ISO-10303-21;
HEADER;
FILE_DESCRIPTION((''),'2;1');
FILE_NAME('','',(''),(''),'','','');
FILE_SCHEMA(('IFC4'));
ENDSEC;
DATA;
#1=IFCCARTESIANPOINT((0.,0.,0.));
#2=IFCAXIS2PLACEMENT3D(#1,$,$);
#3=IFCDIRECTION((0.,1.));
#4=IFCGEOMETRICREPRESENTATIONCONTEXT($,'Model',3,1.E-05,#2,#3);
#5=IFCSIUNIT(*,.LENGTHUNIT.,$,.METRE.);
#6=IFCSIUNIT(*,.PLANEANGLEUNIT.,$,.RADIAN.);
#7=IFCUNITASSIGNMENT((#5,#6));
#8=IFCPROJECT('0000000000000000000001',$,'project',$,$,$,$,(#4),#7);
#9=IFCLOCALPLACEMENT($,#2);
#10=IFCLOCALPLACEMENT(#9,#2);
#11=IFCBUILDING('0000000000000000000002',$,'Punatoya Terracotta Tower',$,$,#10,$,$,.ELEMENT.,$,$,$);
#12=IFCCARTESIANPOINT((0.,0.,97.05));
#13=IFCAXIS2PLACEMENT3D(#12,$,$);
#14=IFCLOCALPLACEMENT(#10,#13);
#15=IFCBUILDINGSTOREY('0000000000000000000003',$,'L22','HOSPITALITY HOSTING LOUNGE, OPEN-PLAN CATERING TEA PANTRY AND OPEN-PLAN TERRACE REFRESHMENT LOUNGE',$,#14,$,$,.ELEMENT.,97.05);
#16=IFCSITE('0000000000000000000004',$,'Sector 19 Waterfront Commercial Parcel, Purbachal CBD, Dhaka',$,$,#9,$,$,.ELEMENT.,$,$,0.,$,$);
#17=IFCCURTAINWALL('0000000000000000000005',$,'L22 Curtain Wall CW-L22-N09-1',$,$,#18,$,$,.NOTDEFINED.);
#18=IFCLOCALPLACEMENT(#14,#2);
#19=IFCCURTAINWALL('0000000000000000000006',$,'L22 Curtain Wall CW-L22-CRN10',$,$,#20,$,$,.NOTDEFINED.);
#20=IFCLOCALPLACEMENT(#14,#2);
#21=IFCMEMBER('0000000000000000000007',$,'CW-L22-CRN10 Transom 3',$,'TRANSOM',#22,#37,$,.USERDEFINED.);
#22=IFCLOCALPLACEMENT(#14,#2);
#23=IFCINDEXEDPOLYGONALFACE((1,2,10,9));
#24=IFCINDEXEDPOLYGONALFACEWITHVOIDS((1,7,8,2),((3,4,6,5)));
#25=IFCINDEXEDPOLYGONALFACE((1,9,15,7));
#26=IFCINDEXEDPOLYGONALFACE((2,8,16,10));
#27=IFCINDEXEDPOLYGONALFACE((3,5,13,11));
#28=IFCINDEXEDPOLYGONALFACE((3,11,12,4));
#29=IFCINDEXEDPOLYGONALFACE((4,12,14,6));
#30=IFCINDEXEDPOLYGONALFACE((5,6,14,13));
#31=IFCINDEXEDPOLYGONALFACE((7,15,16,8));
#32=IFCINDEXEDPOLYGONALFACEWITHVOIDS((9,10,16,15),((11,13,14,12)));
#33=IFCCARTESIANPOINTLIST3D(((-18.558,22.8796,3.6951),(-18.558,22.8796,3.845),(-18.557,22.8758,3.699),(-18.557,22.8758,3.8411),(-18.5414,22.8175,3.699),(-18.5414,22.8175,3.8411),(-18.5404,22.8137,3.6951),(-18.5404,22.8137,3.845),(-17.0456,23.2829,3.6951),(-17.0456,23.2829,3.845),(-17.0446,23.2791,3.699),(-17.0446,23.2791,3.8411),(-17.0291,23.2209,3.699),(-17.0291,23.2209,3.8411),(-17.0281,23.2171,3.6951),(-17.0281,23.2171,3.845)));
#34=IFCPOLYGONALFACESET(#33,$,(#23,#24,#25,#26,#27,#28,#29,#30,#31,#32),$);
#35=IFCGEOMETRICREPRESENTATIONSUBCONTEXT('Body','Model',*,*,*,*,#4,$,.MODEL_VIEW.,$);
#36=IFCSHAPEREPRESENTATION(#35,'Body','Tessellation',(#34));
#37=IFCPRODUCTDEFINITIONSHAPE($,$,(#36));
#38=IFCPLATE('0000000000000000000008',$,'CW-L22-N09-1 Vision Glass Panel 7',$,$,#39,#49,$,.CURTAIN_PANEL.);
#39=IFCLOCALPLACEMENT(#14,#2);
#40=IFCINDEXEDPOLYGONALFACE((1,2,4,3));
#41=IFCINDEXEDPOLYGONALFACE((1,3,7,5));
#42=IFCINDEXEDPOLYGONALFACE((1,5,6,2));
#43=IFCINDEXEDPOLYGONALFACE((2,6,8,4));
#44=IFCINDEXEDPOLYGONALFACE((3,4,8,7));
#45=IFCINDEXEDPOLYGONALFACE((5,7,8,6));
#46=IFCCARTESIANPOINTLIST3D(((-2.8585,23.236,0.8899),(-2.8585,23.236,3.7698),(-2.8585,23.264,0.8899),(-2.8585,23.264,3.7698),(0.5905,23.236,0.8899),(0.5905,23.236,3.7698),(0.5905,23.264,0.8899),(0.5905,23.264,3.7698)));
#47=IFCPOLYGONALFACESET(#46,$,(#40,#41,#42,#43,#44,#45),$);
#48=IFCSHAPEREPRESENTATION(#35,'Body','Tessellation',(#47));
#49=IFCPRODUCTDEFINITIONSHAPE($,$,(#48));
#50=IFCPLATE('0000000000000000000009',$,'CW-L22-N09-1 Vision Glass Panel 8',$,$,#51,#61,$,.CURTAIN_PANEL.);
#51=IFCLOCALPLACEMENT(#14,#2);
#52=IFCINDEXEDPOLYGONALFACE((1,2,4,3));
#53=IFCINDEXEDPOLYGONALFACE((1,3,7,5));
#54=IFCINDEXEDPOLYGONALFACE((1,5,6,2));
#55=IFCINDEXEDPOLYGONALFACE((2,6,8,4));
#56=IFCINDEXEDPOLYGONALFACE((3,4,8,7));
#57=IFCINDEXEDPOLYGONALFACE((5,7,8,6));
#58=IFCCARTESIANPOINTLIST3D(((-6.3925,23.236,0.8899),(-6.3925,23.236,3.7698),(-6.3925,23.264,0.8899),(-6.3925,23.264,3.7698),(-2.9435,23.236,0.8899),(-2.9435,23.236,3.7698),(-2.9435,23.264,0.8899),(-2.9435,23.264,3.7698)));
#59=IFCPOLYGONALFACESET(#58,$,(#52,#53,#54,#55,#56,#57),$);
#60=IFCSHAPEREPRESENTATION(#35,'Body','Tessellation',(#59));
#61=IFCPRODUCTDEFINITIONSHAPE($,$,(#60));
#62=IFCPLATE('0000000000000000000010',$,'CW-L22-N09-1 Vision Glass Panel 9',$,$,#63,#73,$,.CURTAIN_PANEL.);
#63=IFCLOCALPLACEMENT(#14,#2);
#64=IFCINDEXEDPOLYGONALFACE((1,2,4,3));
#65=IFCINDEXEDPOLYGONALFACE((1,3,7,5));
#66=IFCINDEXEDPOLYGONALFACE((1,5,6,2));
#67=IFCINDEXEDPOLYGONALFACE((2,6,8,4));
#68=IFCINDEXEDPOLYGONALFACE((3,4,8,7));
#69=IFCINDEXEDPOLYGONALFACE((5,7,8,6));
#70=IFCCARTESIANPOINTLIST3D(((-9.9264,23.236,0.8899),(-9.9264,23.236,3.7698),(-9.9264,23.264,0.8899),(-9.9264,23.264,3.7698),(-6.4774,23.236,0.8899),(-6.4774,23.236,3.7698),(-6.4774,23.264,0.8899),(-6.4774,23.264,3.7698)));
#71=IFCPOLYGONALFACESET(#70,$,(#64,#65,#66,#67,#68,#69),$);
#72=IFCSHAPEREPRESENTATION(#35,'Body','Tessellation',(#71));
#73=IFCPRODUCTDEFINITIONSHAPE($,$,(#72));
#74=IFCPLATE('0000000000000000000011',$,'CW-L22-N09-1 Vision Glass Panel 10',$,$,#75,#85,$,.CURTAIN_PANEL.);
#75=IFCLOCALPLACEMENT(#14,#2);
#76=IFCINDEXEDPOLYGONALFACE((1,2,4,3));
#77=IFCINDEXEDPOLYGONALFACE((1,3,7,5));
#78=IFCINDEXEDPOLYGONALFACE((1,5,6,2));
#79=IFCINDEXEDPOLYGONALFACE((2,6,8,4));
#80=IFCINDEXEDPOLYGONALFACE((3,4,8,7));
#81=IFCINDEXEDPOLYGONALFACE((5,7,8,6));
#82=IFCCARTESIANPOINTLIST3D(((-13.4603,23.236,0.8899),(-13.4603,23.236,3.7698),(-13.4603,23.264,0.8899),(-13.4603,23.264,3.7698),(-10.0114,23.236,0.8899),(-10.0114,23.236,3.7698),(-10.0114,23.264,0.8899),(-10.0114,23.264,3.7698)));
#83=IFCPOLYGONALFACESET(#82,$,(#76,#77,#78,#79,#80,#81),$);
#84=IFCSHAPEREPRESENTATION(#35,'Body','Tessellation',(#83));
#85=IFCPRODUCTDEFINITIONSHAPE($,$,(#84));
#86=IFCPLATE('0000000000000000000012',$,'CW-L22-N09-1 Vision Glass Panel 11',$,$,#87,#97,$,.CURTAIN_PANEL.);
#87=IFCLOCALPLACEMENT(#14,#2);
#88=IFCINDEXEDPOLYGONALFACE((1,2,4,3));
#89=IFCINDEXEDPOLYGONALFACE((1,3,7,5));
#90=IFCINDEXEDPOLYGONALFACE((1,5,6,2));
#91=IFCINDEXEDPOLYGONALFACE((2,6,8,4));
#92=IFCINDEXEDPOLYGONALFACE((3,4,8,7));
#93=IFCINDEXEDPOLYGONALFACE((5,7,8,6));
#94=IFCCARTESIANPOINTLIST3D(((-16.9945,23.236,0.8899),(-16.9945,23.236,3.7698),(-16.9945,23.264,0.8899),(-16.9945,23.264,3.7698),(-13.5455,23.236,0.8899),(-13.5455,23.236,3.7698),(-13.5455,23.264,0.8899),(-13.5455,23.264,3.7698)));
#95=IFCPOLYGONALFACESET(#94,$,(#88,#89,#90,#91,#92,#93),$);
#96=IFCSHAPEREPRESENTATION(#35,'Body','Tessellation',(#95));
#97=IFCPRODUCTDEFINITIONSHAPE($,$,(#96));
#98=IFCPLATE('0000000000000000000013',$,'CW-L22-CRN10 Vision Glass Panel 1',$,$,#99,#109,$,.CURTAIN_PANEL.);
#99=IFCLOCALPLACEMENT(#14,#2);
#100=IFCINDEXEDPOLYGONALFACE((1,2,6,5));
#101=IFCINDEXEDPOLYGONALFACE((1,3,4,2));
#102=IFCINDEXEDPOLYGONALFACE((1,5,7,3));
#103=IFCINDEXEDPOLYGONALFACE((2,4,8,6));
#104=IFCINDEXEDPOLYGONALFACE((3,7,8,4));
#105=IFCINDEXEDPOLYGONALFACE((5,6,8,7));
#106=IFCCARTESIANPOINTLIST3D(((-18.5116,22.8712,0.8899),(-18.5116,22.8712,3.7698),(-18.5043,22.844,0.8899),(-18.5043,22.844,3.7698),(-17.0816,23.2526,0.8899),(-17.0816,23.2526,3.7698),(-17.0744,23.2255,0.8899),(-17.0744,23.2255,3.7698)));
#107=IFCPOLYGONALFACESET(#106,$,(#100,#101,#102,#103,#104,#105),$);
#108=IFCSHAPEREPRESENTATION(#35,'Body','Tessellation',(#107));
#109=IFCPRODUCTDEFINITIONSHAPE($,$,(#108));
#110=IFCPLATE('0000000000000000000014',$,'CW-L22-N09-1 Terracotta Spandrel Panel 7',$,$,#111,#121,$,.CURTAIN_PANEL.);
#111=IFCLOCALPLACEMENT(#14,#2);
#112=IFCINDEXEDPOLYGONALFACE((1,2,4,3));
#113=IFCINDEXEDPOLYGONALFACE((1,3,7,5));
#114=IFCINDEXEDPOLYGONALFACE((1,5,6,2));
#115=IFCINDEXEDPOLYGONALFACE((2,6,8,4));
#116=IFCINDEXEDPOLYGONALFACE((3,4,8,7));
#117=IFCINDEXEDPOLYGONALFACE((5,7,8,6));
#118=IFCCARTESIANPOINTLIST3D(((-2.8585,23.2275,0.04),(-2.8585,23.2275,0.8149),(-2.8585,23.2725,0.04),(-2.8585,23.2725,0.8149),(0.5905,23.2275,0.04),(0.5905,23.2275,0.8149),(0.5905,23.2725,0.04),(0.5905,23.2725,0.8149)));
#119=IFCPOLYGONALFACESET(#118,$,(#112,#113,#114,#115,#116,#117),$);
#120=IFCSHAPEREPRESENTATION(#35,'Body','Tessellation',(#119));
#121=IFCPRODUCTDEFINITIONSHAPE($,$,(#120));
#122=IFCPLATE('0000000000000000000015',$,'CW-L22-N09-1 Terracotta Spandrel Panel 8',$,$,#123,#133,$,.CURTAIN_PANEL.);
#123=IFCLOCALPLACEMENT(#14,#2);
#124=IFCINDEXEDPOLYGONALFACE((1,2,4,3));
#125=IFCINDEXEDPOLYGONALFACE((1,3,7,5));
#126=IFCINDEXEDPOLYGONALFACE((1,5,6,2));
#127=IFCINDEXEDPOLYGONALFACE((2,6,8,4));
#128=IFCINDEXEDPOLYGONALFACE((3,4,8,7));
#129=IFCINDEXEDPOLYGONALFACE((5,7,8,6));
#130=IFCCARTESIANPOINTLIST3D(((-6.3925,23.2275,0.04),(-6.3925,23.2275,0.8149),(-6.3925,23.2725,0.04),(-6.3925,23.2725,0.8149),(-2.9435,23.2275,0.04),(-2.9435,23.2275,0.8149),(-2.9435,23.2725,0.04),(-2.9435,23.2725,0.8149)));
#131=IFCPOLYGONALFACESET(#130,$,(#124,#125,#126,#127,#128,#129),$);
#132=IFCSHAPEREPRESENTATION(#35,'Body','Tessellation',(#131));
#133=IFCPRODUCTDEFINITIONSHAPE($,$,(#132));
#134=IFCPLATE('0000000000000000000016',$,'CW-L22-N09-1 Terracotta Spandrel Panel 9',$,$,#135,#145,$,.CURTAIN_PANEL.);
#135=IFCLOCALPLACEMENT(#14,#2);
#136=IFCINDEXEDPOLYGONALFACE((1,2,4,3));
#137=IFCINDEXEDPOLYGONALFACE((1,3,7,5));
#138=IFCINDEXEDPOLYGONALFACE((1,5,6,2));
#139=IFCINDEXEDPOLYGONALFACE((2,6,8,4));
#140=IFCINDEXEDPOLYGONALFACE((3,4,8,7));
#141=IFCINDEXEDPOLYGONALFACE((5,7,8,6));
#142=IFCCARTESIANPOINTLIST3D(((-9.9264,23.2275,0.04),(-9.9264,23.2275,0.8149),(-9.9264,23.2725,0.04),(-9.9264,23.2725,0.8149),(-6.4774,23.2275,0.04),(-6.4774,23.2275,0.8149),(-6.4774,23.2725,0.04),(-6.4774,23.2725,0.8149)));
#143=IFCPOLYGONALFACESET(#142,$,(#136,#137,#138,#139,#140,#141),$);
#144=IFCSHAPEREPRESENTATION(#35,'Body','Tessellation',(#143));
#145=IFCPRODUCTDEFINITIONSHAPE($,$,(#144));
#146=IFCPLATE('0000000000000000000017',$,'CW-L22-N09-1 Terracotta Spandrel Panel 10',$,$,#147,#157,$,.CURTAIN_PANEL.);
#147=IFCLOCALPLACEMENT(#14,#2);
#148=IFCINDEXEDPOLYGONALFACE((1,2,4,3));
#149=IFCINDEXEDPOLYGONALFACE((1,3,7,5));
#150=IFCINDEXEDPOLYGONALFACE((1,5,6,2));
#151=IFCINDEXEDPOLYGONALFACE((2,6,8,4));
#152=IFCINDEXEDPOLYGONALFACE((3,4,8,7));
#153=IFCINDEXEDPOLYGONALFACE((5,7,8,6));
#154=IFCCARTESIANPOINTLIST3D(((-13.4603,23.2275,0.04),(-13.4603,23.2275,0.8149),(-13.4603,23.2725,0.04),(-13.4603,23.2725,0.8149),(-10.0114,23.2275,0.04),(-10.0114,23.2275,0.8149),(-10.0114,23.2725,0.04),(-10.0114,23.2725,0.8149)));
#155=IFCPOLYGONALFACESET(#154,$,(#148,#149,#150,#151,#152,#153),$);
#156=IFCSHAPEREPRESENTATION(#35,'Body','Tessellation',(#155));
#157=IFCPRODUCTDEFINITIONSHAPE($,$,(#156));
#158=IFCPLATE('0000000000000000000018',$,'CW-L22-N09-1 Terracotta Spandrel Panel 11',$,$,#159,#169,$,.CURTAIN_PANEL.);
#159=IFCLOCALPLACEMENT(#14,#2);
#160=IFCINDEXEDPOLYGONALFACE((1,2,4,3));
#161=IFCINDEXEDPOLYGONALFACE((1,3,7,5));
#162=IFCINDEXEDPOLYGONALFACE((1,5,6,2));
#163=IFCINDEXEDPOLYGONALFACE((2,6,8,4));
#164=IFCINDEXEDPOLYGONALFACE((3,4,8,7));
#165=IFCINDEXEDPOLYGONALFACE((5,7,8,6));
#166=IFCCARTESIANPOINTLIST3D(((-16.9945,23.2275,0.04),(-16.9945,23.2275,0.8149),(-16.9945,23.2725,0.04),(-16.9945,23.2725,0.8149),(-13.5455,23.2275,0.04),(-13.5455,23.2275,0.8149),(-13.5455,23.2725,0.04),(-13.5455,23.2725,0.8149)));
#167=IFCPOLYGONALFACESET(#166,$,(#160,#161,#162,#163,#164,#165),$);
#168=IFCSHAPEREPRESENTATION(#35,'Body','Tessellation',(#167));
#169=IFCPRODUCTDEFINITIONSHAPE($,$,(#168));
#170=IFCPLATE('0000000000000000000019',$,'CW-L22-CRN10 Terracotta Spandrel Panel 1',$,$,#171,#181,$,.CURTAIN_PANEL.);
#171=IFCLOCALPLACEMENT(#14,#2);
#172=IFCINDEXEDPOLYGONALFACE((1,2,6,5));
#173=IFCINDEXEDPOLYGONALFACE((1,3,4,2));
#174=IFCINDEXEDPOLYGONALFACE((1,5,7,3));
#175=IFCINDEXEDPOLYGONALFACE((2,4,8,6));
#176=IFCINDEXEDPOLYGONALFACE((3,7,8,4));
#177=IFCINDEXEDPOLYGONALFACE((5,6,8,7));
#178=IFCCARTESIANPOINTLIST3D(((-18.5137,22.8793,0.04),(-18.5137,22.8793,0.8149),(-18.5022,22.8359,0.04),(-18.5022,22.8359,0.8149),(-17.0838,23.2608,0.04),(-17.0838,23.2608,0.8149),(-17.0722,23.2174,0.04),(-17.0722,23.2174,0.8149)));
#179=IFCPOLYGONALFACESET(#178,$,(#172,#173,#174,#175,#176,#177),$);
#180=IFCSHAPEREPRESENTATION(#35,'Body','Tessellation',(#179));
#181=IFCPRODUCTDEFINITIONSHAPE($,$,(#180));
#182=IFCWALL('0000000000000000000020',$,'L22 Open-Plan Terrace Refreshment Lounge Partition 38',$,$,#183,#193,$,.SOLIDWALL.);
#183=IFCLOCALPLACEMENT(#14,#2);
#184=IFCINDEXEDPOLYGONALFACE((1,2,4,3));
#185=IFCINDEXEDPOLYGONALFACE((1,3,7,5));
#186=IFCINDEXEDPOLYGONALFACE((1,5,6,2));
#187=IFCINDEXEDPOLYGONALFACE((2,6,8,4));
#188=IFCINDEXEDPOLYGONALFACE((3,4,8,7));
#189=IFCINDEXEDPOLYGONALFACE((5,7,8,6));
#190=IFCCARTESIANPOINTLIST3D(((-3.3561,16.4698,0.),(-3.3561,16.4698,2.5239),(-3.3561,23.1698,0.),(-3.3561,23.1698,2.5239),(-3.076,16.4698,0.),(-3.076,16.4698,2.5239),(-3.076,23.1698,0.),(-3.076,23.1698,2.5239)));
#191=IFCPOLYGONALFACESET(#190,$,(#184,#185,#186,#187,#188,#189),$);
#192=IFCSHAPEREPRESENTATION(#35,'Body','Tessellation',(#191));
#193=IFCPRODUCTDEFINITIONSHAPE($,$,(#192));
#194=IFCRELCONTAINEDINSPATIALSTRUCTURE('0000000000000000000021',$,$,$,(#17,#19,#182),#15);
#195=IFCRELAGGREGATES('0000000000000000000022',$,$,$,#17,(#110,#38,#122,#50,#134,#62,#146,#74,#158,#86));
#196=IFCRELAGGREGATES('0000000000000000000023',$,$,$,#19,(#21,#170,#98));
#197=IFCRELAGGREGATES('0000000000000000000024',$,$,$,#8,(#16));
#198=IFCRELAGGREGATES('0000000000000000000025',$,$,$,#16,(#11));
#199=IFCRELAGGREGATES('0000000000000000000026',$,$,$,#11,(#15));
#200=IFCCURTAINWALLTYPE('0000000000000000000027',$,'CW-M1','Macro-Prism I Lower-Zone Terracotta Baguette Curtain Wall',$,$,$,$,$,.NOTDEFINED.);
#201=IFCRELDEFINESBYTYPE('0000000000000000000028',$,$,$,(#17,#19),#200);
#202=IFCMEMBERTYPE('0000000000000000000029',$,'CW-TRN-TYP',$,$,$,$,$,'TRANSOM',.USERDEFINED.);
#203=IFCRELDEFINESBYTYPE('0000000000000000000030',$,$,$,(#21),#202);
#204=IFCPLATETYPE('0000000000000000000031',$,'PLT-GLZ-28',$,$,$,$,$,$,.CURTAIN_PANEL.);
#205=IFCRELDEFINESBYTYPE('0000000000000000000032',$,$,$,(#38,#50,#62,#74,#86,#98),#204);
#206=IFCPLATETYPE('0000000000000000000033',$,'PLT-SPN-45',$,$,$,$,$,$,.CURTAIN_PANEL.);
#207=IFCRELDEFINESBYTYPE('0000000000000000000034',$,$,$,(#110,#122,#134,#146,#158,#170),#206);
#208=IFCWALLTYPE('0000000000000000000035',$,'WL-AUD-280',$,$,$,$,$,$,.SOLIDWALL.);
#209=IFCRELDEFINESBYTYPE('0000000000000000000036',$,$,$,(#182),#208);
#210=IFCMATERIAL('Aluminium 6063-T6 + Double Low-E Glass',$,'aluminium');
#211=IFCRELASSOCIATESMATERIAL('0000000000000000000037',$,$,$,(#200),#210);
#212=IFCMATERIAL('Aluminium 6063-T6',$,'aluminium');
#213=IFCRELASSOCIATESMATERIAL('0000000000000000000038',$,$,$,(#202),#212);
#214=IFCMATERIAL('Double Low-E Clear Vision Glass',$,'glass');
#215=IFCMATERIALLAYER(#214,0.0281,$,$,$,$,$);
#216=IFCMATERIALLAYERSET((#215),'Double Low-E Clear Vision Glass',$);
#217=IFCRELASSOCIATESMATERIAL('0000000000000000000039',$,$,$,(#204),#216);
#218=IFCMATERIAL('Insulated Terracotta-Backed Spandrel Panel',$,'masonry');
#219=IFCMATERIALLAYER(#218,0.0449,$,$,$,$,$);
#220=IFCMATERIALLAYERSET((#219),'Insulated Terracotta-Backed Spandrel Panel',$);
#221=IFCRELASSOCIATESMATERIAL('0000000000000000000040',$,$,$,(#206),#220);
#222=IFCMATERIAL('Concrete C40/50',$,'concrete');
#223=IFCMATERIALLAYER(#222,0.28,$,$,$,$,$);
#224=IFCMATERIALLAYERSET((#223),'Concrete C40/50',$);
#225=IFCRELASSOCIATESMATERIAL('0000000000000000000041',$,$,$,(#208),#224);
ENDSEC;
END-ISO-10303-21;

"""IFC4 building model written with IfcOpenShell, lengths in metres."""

from ifc_helpers import new_model, si_unit, direction, frame, frame_2d, origin, origin_2d, place, context, subcontext, project, spatial, rectangle, hollow_rectangle, extrude, material, layer, layer_set, material_profile, profile_set, type_object, element, aggregate, save


model = new_model("IFC4")

# Units and contexts
model_context = context("Model", 3, precision=1e-05, world=origin(), true_north=direction((0.0, 1.0)))
body_context = subcontext(model_context, "Body", "Model", "MODEL_VIEW")
ifc_project = project(units=[si_unit("LENGTHUNIT", "METRE"), si_unit("PLANEANGLEUNIT", "RADIAN")], contexts=[model_context])

# Site, building, storey
site_placement = place(None, origin())
site = spatial("IfcSite", under=ifc_project, at=site_placement, Name="Sector 19 Waterfront Commercial Parcel, Purbachal CBD, Dhaka", CompositionType="ELEMENT", RefElevation=0.0)
building_placement = place(site_placement, origin())
building = spatial("IfcBuilding", under=site, at=building_placement, Name="Punatoya Terracotta Tower", CompositionType="ELEMENT")
storey_placement = place(building_placement, frame((0.0, 0.0, 97.05)))
storey = spatial("IfcBuildingStorey", under=building, at=storey_placement, Name="L22", Description="HOSPITALITY HOSTING LOUNGE, OPEN-PLAN CATERING TEA PANTRY AND OPEN-PLAN TERRACE REFRESHMENT LOUNGE", CompositionType="ELEMENT", Elevation=97.05)

# Curtain walls, member
ifc_material_1 = material(Name="Aluminium 6063-T6 + Double Low-E Glass", Category="aluminium")
curtain_wall_type = type_object("IfcCurtainWallType", Name="CW-M1", Description="Macro-Prism I Lower-Zone Terracotta Baguette Curtain Wall", PredefinedType="NOTDEFINED", material=ifc_material_1)
curtain_wall_1_placement = place(storey_placement, origin())
curtain_wall_1 = element("IfcCurtainWall", 1, at=curtain_wall_1_placement, inside=storey, type_object=curtain_wall_type, Name="L22 Curtain Wall CW-L22-N09-1", PredefinedType="NOTDEFINED")
ifc_material_2 = material(Name="Aluminium 6063-T6", Category="aluminium")
curtain_wall_2_placement = place(storey_placement, origin())
curtain_wall_2 = element("IfcCurtainWall", 2, at=curtain_wall_2_placement, inside=storey, type_object=curtain_wall_type, Name="L22 Curtain Wall CW-L22-CRN10", PredefinedType="NOTDEFINED")
ifc_material_profile_1 = material_profile(ifc_material_2, hollow_rectangle(XDim=0.0681, YDim=0.1499, WallThickness=0.0039, at=origin_2d()))
ifc_profile_set_1 = profile_set([ifc_material_profile_1], Name="Aluminium 6063-T6")
member_type_1 = type_object("IfcMemberType", Name="CW-TRN-TYP", ElementType="TRANSOM", PredefinedType="USERDEFINED", material=ifc_profile_set_1)
member_1_placement = place(storey_placement, frame((-17.0369, 23.25, 3.77), z_axis=(-0.966225, -0.257701, 0.0), x_axis=(0.257701, -0.966225, 0.0)))
member_1 = element("IfcMember", 3, at=member_1_placement, type_object=member_type_1, Name="CW-L22-CRN10 Transom 3", ObjectType="TRANSOM", PredefinedType="USERDEFINED", context=body_context, shape_type="SweptSolid", body=[
    extrude(hollow_rectangle(XDim=0.0681, YDim=0.1499, WallThickness=0.0039, at=origin_2d()), origin(), (0.0, 0.0, 1.0), 1.5652),
])

# Plates
ifc_material_3 = material(Name="Double Low-E Clear Vision Glass", Category="glass")
ifc_layer_1 = layer(ifc_material_3, 0.0281)
ifc_layer_set_1 = layer_set([ifc_layer_1], Name="Double Low-E Clear Vision Glass")
plate_type_1 = type_object("IfcPlateType", Name="PLT-GLZ-28", PredefinedType="CURTAIN_PANEL", material=ifc_layer_set_1)
plate_1_placement = place(storey_placement, frame((-1.134, 23.25, 0.8899), z_axis=(0.0, 0.0, 1.0), x_axis=(-1.0, 0.0, 0.0)))
plate_1 = element("IfcPlate", 4, at=plate_1_placement, type_object=plate_type_1, Name="CW-L22-N09-1 Vision Glass Panel 7", PredefinedType="CURTAIN_PANEL", context=body_context, shape_type="SweptSolid", body=[
    extrude(rectangle(XDim=3.449, YDim=0.0281, at=origin_2d()), origin(), (0.0, 0.0, 1.0), 2.8799),
])
plate_2_placement = place(storey_placement, frame((-4.668, 23.25, 0.8899), z_axis=(0.0, 0.0, 1.0), x_axis=(-1.0, 0.0, 0.0)))
plate_2 = element("IfcPlate", 5, at=plate_2_placement, type_object=plate_type_1, Name="CW-L22-N09-1 Vision Glass Panel 8", PredefinedType="CURTAIN_PANEL", context=body_context, shape_type="SweptSolid", body=[
    extrude(rectangle(XDim=3.449, YDim=0.0281, at=origin_2d()), origin(), (0.0, 0.0, 1.0), 2.8799),
])
plate_3_placement = place(storey_placement, frame((-8.2019, 23.25, 0.8899), z_axis=(0.0, 0.0, 1.0), x_axis=(-1.0, 0.0, 0.0)))
plate_3 = element("IfcPlate", 6, at=plate_3_placement, type_object=plate_type_1, Name="CW-L22-N09-1 Vision Glass Panel 9", PredefinedType="CURTAIN_PANEL", context=body_context, shape_type="SweptSolid", body=[
    extrude(rectangle(XDim=3.449, YDim=0.0281, at=origin_2d()), origin(), (0.0, 0.0, 1.0), 2.8799),
])
plate_4_placement = place(storey_placement, frame((-11.7358, 23.25, 0.8899), z_axis=(0.0, 0.0, 1.0), x_axis=(-1.0, 0.0, 0.0)))
plate_4 = element("IfcPlate", 7, at=plate_4_placement, type_object=plate_type_1, Name="CW-L22-N09-1 Vision Glass Panel 10", PredefinedType="CURTAIN_PANEL", context=body_context, shape_type="SweptSolid", body=[
    extrude(rectangle(XDim=3.449, YDim=0.0281, at=origin_2d()), origin(), (0.0, 0.0, 1.0), 2.8799),
])
plate_5_placement = place(storey_placement, frame((-15.27, 23.25, 0.8899), z_axis=(0.0, 0.0, 1.0), x_axis=(-1.0, 0.0, 0.0)))
plate_5 = element("IfcPlate", 8, at=plate_5_placement, type_object=plate_type_1, Name="CW-L22-N09-1 Vision Glass Panel 11", PredefinedType="CURTAIN_PANEL", context=body_context, shape_type="SweptSolid", body=[
    extrude(rectangle(XDim=3.449, YDim=0.0281, at=origin_2d()), origin(), (0.0, 0.0, 1.0), 2.8799),
])
plate_6_placement = place(storey_placement, frame((-17.793, 23.0483, 0.8899), z_axis=(0.0, 0.0, 1.0), x_axis=(-0.966214, -0.257742, 0.0)))
plate_6 = element("IfcPlate", 9, at=plate_6_placement, type_object=plate_type_1, Name="CW-L22-CRN10 Vision Glass Panel 1", PredefinedType="CURTAIN_PANEL", context=body_context, shape_type="SweptSolid", body=[
    extrude(rectangle(XDim=1.48, YDim=0.0281, at=origin_2d()), origin(), (0.0, 0.0, 1.0), 2.8799),
])
ifc_material_4 = material(Name="Insulated Terracotta-Backed Spandrel Panel", Category="masonry")
ifc_layer_2 = layer(ifc_material_4, 0.0449)
ifc_layer_set_2 = layer_set([ifc_layer_2], Name="Insulated Terracotta-Backed Spandrel Panel")
plate_type_2 = type_object("IfcPlateType", Name="PLT-SPN-45", PredefinedType="CURTAIN_PANEL", material=ifc_layer_set_2)
plate_7_placement = place(storey_placement, frame((-1.134, 23.25, 0.04), z_axis=(0.0, 0.0, 1.0), x_axis=(-1.0, 0.0, 0.0)))
plate_7 = element("IfcPlate", 10, at=plate_7_placement, type_object=plate_type_2, Name="CW-L22-N09-1 Terracotta Spandrel Panel 7", PredefinedType="CURTAIN_PANEL", context=body_context, shape_type="SweptSolid", body=[
    extrude(rectangle(XDim=3.449, YDim=0.0449, at=origin_2d()), origin(), (0.0, 0.0, 1.0), 0.7749),
])
plate_8_placement = place(storey_placement, frame((-4.668, 23.25, 0.04), z_axis=(0.0, 0.0, 1.0), x_axis=(-1.0, 0.0, 0.0)))
plate_8 = element("IfcPlate", 11, at=plate_8_placement, type_object=plate_type_2, Name="CW-L22-N09-1 Terracotta Spandrel Panel 8", PredefinedType="CURTAIN_PANEL", context=body_context, shape_type="SweptSolid", body=[
    extrude(rectangle(XDim=3.449, YDim=0.0449, at=origin_2d()), origin(), (0.0, 0.0, 1.0), 0.7749),
])
plate_9_placement = place(storey_placement, frame((-8.2019, 23.25, 0.04), z_axis=(0.0, 0.0, 1.0), x_axis=(-1.0, 0.0, 0.0)))
plate_9 = element("IfcPlate", 12, at=plate_9_placement, type_object=plate_type_2, Name="CW-L22-N09-1 Terracotta Spandrel Panel 9", PredefinedType="CURTAIN_PANEL", context=body_context, shape_type="SweptSolid", body=[
    extrude(rectangle(XDim=3.449, YDim=0.0449, at=origin_2d()), origin(), (0.0, 0.0, 1.0), 0.7749),
])
plate_10_placement = place(storey_placement, frame((-11.7358, 23.25, 0.04), z_axis=(0.0, 0.0, 1.0), x_axis=(-1.0, 0.0, 0.0)))
plate_10 = element("IfcPlate", 13, at=plate_10_placement, type_object=plate_type_2, Name="CW-L22-N09-1 Terracotta Spandrel Panel 10", PredefinedType="CURTAIN_PANEL", context=body_context, shape_type="SweptSolid", body=[
    extrude(rectangle(XDim=3.449, YDim=0.0449, at=origin_2d()), origin(), (0.0, 0.0, 1.0), 0.7749),
])
plate_11_placement = place(storey_placement, frame((-15.27, 23.25, 0.04), z_axis=(0.0, 0.0, 1.0), x_axis=(-1.0, 0.0, 0.0)))
plate_11 = element("IfcPlate", 14, at=plate_11_placement, type_object=plate_type_2, Name="CW-L22-N09-1 Terracotta Spandrel Panel 11", PredefinedType="CURTAIN_PANEL", context=body_context, shape_type="SweptSolid", body=[
    extrude(rectangle(XDim=3.449, YDim=0.0449, at=origin_2d()), origin(), (0.0, 0.0, 1.0), 0.7749),
])
aggregate(curtain_wall_1, [plate_7, plate_1, plate_8, plate_2, plate_9, plate_3, plate_10, plate_4, plate_11, plate_5])
plate_12_placement = place(storey_placement, frame((-17.793, 23.0483, 0.04), z_axis=(0.0, 0.0, 1.0), x_axis=(-0.966214, -0.257742, 0.0)))
plate_12 = element("IfcPlate", 15, at=plate_12_placement, type_object=plate_type_2, Name="CW-L22-CRN10 Terracotta Spandrel Panel 1", PredefinedType="CURTAIN_PANEL", context=body_context, shape_type="SweptSolid", body=[
    extrude(rectangle(XDim=1.48, YDim=0.0449, at=origin_2d()), origin(), (0.0, 0.0, 1.0), 0.7749),
])
aggregate(curtain_wall_2, [member_1, plate_12, plate_6])

# Wall
ifc_material_5 = material(Name="Concrete C40/50", Category="concrete")
ifc_layer_3 = layer(ifc_material_5, 0.28)
ifc_layer_set_3 = layer_set([ifc_layer_3], Name="Concrete C40/50")
wall_type = type_object("IfcWallType", Name="WL-AUD-280", PredefinedType="SOLIDWALL", material=ifc_layer_set_3)
wall_placement = place(storey_placement, frame((-3.2161, 23.1699, 0.0), z_axis=(0.0, 0.0, 1.0), x_axis=(0.0, -1.0, 0.0)))
element("IfcWall", 16, at=wall_placement, inside=storey, type_object=wall_type, Name="L22 Open-Plan Terrace Refreshment Lounge Partition 38", PredefinedType="SOLIDWALL", context=body_context, shape_type="SweptSolid", body=[
    extrude(rectangle(XDim=6.7, YDim=0.28, at=frame_2d((3.3501, 0.0))), origin(), (0.0, 0.0, 1.0), 2.5239),
])

save(model, "model.ifc")
